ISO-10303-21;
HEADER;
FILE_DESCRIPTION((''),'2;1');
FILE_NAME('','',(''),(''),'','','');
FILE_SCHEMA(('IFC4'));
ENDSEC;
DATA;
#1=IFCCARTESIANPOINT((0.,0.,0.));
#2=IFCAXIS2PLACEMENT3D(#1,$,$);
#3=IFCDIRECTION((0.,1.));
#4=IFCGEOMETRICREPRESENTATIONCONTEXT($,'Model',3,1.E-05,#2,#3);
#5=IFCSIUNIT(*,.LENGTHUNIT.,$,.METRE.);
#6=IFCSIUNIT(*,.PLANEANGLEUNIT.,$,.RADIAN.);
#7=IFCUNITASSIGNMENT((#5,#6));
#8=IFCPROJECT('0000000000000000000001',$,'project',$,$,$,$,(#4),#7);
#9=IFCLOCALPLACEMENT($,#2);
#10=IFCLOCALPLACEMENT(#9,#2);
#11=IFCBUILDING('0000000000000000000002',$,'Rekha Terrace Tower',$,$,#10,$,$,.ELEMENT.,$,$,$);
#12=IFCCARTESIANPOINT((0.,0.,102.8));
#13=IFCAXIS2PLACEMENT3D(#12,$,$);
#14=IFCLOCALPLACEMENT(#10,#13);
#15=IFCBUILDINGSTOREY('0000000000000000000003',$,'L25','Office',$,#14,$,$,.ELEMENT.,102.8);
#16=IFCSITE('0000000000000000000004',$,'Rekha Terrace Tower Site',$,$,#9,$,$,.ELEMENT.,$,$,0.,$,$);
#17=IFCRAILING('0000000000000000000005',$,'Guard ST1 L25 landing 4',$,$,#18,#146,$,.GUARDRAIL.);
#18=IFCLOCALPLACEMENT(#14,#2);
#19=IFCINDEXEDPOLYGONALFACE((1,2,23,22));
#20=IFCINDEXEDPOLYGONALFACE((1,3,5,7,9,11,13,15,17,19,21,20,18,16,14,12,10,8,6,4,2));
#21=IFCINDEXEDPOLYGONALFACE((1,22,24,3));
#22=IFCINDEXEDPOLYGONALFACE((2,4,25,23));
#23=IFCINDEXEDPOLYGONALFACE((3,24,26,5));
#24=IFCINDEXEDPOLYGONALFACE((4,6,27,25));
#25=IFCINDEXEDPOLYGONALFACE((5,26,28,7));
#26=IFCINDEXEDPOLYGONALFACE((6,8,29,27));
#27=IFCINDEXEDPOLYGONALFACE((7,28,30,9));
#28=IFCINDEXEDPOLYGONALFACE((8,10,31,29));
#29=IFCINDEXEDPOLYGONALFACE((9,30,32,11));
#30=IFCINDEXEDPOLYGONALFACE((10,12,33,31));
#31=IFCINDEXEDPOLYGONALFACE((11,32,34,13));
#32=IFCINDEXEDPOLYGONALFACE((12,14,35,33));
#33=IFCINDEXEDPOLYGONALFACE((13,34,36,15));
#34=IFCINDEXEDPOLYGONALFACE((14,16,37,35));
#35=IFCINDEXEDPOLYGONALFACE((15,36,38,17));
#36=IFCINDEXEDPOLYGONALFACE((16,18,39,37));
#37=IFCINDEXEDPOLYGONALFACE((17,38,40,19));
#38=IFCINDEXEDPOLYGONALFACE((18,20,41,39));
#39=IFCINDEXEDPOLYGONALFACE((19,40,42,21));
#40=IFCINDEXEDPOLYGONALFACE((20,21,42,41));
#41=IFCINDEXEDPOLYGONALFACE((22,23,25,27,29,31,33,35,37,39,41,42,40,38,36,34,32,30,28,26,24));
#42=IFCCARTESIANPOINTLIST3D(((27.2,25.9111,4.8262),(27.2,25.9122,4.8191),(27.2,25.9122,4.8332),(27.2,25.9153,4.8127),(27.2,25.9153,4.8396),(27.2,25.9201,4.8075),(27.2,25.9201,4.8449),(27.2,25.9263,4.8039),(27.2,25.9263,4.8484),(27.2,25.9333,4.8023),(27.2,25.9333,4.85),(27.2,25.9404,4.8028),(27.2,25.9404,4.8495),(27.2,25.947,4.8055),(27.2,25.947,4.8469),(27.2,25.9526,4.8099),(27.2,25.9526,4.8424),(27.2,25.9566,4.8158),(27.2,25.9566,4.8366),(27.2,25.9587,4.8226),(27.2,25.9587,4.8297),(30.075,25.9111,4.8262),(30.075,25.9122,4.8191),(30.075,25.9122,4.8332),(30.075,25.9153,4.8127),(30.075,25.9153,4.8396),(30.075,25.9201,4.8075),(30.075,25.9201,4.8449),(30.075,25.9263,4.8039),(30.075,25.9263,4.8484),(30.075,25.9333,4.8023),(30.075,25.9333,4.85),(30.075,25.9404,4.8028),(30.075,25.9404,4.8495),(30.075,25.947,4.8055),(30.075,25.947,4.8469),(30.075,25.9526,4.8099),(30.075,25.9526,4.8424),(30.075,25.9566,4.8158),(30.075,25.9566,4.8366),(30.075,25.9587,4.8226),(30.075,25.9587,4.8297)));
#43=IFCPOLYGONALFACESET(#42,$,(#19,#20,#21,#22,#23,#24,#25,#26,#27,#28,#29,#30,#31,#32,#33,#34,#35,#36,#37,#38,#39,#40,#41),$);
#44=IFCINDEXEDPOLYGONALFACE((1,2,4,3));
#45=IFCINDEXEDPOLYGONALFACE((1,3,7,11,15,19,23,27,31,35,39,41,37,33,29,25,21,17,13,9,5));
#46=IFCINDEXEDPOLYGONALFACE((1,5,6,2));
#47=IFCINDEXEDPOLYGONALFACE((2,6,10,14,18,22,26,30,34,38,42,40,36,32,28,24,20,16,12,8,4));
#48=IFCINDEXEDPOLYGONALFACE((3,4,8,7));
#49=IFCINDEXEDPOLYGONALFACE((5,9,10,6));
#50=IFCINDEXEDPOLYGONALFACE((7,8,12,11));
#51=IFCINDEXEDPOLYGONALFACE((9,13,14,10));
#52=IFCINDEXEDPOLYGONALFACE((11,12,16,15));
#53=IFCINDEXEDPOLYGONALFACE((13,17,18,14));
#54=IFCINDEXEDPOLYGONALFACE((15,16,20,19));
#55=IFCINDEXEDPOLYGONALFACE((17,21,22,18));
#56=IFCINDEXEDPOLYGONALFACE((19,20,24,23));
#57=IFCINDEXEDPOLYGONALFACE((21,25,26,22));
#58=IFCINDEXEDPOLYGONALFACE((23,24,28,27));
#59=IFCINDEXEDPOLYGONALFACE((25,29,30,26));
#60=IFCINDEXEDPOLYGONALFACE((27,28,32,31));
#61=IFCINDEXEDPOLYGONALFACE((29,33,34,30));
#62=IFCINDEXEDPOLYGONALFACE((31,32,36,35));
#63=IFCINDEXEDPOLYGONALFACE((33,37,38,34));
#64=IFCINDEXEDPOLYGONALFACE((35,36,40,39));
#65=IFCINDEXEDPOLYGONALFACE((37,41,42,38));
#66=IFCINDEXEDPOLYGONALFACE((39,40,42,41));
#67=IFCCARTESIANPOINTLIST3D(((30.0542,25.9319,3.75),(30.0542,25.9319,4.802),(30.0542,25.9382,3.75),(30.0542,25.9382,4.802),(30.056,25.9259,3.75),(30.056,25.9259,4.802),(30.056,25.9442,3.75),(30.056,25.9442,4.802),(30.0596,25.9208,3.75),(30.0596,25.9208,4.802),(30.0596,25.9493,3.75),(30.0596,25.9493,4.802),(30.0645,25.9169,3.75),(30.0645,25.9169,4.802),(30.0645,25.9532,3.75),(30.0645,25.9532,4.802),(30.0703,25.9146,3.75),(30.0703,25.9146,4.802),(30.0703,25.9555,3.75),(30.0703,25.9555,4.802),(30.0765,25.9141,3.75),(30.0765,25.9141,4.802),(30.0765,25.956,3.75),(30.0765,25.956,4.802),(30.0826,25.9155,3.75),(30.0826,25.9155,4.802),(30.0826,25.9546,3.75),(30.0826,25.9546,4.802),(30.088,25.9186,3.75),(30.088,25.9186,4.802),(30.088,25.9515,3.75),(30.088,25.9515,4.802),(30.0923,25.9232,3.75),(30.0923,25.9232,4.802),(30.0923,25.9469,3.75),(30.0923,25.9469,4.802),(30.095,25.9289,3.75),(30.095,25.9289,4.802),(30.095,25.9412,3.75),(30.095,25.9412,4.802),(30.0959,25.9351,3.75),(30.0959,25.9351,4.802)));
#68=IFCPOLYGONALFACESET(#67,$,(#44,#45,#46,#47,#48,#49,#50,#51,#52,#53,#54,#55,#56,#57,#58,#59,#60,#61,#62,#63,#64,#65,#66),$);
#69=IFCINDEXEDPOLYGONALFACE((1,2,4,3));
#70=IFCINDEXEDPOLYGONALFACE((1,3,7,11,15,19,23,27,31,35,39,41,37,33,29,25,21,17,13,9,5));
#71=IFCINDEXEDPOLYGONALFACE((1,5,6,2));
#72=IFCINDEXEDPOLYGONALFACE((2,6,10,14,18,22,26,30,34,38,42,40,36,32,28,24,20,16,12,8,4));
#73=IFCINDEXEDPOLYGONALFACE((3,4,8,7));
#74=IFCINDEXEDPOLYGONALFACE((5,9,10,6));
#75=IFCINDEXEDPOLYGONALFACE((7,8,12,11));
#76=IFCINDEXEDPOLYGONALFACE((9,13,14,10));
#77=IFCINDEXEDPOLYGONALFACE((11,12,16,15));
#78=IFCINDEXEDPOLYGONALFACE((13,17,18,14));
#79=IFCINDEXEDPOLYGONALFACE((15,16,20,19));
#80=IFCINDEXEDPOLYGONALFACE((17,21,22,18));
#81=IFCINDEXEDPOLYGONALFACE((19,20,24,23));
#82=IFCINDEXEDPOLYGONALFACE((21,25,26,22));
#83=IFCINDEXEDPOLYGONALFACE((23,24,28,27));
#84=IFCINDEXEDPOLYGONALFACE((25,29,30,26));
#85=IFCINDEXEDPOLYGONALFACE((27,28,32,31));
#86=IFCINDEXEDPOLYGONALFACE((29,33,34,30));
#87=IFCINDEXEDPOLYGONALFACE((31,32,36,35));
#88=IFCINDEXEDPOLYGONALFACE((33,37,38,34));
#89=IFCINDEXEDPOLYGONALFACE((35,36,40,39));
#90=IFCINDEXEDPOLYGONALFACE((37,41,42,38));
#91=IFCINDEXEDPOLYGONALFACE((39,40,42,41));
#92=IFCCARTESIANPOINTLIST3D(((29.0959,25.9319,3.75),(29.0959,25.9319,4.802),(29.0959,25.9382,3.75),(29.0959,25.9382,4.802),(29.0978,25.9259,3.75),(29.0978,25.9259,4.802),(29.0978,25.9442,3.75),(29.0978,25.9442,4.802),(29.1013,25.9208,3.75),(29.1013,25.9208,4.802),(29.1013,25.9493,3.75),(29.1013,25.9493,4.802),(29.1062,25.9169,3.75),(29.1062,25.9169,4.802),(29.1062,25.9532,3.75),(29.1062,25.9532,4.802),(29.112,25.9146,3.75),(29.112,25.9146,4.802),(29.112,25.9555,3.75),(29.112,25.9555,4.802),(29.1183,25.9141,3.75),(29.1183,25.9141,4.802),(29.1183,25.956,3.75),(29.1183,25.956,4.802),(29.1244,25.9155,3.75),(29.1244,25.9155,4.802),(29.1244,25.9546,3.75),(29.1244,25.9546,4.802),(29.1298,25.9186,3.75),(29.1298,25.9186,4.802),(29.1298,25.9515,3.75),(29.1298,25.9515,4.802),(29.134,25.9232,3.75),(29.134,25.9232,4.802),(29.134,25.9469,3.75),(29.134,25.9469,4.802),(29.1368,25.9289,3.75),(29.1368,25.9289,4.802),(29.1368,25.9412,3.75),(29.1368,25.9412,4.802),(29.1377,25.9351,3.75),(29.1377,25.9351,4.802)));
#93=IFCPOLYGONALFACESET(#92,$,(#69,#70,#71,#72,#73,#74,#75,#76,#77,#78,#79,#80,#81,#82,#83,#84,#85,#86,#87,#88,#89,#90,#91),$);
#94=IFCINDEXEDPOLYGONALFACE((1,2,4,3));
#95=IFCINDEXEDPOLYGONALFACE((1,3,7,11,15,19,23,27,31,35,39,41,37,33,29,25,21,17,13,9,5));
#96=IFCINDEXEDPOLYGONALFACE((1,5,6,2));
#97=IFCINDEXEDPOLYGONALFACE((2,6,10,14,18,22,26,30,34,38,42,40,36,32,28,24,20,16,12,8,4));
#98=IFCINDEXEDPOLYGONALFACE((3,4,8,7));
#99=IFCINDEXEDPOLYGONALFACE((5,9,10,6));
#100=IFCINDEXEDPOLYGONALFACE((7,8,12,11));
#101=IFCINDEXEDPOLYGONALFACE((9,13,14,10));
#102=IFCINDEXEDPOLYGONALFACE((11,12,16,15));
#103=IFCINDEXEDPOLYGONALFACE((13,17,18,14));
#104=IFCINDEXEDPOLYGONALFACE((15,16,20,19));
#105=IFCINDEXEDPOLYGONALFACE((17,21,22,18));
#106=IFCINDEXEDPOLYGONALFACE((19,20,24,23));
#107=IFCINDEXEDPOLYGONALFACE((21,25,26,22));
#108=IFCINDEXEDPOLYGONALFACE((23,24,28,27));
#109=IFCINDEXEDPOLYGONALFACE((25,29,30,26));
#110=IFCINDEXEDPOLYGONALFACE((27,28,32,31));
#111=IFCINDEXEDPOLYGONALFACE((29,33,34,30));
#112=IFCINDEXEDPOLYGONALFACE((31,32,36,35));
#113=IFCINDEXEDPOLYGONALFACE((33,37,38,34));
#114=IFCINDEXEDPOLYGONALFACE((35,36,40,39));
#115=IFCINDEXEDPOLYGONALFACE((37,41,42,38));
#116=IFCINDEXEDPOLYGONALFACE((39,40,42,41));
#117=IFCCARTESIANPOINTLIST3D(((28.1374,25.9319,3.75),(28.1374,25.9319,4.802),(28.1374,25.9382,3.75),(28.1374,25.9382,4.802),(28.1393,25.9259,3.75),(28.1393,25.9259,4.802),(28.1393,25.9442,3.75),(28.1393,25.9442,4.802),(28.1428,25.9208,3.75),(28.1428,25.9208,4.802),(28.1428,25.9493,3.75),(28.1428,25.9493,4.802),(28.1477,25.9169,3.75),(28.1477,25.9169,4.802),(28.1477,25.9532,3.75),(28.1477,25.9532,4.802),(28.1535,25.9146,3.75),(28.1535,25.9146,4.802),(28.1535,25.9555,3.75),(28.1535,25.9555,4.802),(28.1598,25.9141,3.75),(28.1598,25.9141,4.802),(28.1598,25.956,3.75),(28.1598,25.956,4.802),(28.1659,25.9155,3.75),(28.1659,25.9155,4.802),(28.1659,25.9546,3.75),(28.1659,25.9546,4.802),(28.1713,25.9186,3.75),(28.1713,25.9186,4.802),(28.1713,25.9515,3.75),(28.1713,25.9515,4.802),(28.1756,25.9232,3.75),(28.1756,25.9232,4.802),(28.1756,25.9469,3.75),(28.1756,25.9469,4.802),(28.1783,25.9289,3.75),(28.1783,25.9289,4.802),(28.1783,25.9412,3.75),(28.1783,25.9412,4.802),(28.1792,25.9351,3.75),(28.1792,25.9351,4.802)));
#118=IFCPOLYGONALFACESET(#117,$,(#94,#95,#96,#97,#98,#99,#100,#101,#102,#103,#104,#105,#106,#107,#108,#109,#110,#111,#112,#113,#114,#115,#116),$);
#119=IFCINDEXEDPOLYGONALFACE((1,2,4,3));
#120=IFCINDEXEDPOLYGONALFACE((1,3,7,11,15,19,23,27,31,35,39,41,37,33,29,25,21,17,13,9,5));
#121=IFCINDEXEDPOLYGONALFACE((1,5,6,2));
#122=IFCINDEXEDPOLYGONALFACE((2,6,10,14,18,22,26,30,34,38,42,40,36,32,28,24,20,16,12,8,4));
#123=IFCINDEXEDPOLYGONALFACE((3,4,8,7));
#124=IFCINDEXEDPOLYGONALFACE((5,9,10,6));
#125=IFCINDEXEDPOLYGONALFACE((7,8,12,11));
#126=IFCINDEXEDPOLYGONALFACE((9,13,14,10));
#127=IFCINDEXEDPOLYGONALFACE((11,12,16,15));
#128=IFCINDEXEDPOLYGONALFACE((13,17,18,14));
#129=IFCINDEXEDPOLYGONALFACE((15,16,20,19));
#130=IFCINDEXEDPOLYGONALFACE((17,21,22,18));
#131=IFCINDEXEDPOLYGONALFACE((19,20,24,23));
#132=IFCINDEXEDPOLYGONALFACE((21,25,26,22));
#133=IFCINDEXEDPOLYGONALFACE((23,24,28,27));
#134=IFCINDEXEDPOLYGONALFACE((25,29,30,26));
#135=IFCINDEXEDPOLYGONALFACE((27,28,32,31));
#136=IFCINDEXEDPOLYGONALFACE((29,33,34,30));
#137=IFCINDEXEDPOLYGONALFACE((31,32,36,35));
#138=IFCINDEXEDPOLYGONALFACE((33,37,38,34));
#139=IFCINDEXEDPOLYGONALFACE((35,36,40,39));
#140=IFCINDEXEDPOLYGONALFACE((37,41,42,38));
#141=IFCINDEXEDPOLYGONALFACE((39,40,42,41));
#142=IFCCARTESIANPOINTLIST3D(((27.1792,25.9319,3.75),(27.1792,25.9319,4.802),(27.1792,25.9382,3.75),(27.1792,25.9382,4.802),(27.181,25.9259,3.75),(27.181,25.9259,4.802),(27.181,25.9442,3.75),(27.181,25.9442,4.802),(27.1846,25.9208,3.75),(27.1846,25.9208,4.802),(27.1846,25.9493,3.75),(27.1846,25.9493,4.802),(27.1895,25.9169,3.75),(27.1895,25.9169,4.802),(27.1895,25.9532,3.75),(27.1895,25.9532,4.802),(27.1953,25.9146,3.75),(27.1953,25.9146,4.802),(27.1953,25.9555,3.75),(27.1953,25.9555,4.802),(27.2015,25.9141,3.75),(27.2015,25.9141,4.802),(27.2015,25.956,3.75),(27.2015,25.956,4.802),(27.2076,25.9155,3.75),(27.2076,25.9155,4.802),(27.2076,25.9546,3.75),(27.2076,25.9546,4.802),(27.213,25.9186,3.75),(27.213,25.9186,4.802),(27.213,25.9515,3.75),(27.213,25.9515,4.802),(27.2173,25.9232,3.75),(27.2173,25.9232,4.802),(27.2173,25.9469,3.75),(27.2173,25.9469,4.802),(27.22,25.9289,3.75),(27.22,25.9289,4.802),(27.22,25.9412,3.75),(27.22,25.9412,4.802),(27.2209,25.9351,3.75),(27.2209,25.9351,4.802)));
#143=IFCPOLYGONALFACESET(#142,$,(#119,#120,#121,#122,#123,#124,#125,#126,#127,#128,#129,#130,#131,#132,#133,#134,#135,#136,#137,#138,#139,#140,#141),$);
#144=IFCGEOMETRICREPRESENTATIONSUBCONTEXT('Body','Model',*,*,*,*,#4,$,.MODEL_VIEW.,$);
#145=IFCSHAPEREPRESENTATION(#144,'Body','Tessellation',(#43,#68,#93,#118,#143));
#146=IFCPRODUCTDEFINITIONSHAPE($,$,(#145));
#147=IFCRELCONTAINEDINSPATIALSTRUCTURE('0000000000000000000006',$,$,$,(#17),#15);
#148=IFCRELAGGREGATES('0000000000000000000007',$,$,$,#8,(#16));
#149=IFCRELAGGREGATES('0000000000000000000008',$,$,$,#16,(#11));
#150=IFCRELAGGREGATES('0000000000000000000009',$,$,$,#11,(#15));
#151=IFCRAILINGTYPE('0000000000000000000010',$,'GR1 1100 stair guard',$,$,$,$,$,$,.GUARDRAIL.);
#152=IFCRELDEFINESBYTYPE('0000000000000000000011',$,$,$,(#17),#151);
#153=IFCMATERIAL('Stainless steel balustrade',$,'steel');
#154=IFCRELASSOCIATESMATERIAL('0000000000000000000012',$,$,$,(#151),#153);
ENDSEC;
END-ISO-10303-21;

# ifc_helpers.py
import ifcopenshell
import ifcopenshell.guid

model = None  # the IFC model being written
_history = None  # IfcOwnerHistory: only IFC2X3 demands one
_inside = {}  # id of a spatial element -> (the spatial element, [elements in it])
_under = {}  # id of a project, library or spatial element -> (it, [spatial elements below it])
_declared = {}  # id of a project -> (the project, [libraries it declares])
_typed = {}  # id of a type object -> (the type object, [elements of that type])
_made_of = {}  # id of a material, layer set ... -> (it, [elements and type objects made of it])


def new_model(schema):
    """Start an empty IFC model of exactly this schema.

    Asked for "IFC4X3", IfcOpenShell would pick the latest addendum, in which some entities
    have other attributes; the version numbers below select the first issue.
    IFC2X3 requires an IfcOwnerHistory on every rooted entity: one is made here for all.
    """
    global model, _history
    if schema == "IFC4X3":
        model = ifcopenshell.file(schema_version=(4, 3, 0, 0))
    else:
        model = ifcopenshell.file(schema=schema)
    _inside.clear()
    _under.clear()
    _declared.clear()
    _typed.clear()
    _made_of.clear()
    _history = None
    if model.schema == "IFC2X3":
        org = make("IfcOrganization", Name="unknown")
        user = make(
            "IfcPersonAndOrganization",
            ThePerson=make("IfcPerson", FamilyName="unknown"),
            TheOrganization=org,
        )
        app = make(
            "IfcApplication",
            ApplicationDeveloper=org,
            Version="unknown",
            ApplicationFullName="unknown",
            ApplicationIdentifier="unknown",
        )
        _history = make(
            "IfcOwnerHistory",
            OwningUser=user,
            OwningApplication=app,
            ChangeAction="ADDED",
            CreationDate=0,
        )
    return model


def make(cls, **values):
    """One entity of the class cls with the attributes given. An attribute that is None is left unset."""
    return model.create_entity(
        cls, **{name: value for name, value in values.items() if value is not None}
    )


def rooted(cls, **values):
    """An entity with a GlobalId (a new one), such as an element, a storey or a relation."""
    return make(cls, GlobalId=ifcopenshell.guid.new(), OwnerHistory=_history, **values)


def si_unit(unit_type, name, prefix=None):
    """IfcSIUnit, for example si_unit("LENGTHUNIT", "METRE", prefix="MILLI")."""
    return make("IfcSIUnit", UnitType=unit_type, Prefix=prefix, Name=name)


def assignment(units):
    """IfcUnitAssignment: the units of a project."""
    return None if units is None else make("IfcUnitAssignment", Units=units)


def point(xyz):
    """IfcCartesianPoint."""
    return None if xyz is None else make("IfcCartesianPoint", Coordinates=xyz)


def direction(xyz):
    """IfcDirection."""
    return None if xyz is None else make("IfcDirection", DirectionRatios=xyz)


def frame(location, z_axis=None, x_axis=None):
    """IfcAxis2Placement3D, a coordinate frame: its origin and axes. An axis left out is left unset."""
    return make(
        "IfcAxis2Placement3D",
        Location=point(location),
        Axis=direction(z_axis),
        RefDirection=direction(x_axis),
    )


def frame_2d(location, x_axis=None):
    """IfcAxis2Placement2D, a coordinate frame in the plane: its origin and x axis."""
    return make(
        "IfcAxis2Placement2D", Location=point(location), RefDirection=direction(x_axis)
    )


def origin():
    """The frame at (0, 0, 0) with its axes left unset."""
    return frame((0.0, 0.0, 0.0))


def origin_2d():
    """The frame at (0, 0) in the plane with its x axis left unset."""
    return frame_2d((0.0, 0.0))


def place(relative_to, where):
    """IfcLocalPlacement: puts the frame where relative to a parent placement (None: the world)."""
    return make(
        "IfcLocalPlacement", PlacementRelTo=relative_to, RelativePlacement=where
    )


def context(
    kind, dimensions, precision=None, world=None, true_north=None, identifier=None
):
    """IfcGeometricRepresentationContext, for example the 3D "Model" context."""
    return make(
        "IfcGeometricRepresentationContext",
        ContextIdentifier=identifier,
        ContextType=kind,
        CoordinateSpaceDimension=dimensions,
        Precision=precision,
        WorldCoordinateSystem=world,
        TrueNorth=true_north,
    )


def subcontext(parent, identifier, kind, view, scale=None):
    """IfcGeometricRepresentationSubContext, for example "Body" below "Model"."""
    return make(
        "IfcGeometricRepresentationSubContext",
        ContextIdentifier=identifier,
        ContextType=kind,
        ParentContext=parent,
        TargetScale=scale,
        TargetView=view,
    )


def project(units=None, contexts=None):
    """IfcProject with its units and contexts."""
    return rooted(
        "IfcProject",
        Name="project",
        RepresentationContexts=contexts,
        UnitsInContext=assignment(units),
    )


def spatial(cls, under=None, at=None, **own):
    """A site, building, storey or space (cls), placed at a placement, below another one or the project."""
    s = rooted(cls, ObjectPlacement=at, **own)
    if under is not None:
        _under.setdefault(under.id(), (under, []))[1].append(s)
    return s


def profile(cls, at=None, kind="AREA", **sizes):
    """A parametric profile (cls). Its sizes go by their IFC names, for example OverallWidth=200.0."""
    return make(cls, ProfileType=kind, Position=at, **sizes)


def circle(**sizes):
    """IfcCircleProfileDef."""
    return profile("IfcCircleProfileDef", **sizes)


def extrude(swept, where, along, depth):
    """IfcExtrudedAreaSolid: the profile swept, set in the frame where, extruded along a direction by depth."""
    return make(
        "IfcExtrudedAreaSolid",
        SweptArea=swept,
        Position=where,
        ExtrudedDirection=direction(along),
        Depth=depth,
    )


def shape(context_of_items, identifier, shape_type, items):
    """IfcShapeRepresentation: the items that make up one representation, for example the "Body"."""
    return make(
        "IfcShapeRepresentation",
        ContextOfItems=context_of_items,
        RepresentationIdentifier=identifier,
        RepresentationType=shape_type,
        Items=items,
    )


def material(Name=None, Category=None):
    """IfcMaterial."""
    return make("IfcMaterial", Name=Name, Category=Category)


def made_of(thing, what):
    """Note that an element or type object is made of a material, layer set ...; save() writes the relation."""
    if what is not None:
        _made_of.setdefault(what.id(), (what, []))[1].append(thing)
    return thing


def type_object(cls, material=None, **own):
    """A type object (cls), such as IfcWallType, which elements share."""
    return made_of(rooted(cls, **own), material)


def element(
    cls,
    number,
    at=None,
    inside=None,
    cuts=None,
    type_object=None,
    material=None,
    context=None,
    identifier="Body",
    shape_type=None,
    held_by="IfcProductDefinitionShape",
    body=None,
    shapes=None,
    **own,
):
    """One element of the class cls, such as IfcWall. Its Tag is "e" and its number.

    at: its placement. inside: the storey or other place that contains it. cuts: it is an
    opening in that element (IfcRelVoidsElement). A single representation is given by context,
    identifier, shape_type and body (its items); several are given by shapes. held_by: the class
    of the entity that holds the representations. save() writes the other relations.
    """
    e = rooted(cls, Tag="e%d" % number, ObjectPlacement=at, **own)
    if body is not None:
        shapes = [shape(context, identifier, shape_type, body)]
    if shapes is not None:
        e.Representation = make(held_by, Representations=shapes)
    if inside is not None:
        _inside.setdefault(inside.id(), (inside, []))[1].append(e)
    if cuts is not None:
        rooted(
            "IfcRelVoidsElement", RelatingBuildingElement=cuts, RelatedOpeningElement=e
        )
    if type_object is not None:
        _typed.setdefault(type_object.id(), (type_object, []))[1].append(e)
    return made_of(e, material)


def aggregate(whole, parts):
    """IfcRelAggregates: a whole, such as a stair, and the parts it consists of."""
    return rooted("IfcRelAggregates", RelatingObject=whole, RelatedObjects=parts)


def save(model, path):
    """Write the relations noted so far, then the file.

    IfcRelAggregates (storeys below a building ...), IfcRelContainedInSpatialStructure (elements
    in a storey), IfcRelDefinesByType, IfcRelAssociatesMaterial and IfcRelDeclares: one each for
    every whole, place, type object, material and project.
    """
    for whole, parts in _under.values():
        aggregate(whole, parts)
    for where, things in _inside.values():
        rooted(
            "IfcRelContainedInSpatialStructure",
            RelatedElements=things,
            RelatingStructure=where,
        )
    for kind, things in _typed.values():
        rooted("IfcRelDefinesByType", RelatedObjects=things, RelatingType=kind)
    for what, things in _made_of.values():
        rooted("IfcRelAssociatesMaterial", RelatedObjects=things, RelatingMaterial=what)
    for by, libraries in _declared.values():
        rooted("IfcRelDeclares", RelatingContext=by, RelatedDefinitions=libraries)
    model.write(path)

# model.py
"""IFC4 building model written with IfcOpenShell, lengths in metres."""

from ifc_helpers import new_model, si_unit, direction, frame, origin, origin_2d, place, context, subcontext, project, spatial, circle, extrude, material, type_object, element, save


model = new_model("IFC4")

# Units and contexts
model_context = context("Model", 3, precision=1e-05, world=origin(), true_north=direction((0.0, 1.0)))
body_context = subcontext(model_context, "Body", "Model", "MODEL_VIEW")
ifc_project = project(units=[si_unit("LENGTHUNIT", "METRE"), si_unit("PLANEANGLEUNIT", "RADIAN")], contexts=[model_context])

# Site, building, storey
site_placement = place(None, origin())
site = spatial("IfcSite", under=ifc_project, at=site_placement, Name="Rekha Terrace Tower Site", CompositionType="ELEMENT", RefElevation=0.0)
building_placement = place(site_placement, origin())
building = spatial("IfcBuilding", under=site, at=building_placement, Name="Rekha Terrace Tower", CompositionType="ELEMENT")
storey_placement = place(building_placement, frame((0.0, 0.0, 102.8)))
storey = spatial("IfcBuildingStorey", under=building, at=storey_placement, Name="L25", Description="Office", CompositionType="ELEMENT", Elevation=102.8)

# Railing
ifc_material_1 = material(Name="Stainless steel balustrade", Category="steel")
railing_type_1 = type_object("IfcRailingType", Name="GR1 1100 stair guard", PredefinedType="GUARDRAIL", material=ifc_material_1)
railing_1_placement = place(storey_placement, frame((30.075, 25.9351, 3.75)))
element("IfcRailing", 1, at=railing_1_placement, inside=storey, type_object=railing_type_1, Name="Guard ST1 L25 landing 4", PredefinedType="GUARDRAIL", context=body_context, shape_type="SweptSolid", body=[
    extrude(circle(Radius=0.0239, at=origin_2d()), frame((0.0, 0.0, 1.0762), z_axis=(-1.0, 0.0, 0.0), x_axis=(0.0, -1.0, 0.0)), (0.0, 0.0, 1.0), 2.875),
    extrude(circle(Radius=0.021, at=origin_2d()), origin(), (0.0, 0.0, 1.0), 1.052),
    extrude(circle(Radius=0.021, at=origin_2d()), frame((-0.9583, 0.0, 0.0)), (0.0, 0.0, 1.0), 1.052),
    extrude(circle(Radius=0.021, at=origin_2d()), frame((-1.9167, 0.0, 0.0)), (0.0, 0.0, 1.0), 1.052),
    extrude(circle(Radius=0.021, at=origin_2d()), frame((-2.875, 0.0, 0.0)), (0.0, 0.0, 1.0), 1.052),
])

save(model, "model.ifc")
